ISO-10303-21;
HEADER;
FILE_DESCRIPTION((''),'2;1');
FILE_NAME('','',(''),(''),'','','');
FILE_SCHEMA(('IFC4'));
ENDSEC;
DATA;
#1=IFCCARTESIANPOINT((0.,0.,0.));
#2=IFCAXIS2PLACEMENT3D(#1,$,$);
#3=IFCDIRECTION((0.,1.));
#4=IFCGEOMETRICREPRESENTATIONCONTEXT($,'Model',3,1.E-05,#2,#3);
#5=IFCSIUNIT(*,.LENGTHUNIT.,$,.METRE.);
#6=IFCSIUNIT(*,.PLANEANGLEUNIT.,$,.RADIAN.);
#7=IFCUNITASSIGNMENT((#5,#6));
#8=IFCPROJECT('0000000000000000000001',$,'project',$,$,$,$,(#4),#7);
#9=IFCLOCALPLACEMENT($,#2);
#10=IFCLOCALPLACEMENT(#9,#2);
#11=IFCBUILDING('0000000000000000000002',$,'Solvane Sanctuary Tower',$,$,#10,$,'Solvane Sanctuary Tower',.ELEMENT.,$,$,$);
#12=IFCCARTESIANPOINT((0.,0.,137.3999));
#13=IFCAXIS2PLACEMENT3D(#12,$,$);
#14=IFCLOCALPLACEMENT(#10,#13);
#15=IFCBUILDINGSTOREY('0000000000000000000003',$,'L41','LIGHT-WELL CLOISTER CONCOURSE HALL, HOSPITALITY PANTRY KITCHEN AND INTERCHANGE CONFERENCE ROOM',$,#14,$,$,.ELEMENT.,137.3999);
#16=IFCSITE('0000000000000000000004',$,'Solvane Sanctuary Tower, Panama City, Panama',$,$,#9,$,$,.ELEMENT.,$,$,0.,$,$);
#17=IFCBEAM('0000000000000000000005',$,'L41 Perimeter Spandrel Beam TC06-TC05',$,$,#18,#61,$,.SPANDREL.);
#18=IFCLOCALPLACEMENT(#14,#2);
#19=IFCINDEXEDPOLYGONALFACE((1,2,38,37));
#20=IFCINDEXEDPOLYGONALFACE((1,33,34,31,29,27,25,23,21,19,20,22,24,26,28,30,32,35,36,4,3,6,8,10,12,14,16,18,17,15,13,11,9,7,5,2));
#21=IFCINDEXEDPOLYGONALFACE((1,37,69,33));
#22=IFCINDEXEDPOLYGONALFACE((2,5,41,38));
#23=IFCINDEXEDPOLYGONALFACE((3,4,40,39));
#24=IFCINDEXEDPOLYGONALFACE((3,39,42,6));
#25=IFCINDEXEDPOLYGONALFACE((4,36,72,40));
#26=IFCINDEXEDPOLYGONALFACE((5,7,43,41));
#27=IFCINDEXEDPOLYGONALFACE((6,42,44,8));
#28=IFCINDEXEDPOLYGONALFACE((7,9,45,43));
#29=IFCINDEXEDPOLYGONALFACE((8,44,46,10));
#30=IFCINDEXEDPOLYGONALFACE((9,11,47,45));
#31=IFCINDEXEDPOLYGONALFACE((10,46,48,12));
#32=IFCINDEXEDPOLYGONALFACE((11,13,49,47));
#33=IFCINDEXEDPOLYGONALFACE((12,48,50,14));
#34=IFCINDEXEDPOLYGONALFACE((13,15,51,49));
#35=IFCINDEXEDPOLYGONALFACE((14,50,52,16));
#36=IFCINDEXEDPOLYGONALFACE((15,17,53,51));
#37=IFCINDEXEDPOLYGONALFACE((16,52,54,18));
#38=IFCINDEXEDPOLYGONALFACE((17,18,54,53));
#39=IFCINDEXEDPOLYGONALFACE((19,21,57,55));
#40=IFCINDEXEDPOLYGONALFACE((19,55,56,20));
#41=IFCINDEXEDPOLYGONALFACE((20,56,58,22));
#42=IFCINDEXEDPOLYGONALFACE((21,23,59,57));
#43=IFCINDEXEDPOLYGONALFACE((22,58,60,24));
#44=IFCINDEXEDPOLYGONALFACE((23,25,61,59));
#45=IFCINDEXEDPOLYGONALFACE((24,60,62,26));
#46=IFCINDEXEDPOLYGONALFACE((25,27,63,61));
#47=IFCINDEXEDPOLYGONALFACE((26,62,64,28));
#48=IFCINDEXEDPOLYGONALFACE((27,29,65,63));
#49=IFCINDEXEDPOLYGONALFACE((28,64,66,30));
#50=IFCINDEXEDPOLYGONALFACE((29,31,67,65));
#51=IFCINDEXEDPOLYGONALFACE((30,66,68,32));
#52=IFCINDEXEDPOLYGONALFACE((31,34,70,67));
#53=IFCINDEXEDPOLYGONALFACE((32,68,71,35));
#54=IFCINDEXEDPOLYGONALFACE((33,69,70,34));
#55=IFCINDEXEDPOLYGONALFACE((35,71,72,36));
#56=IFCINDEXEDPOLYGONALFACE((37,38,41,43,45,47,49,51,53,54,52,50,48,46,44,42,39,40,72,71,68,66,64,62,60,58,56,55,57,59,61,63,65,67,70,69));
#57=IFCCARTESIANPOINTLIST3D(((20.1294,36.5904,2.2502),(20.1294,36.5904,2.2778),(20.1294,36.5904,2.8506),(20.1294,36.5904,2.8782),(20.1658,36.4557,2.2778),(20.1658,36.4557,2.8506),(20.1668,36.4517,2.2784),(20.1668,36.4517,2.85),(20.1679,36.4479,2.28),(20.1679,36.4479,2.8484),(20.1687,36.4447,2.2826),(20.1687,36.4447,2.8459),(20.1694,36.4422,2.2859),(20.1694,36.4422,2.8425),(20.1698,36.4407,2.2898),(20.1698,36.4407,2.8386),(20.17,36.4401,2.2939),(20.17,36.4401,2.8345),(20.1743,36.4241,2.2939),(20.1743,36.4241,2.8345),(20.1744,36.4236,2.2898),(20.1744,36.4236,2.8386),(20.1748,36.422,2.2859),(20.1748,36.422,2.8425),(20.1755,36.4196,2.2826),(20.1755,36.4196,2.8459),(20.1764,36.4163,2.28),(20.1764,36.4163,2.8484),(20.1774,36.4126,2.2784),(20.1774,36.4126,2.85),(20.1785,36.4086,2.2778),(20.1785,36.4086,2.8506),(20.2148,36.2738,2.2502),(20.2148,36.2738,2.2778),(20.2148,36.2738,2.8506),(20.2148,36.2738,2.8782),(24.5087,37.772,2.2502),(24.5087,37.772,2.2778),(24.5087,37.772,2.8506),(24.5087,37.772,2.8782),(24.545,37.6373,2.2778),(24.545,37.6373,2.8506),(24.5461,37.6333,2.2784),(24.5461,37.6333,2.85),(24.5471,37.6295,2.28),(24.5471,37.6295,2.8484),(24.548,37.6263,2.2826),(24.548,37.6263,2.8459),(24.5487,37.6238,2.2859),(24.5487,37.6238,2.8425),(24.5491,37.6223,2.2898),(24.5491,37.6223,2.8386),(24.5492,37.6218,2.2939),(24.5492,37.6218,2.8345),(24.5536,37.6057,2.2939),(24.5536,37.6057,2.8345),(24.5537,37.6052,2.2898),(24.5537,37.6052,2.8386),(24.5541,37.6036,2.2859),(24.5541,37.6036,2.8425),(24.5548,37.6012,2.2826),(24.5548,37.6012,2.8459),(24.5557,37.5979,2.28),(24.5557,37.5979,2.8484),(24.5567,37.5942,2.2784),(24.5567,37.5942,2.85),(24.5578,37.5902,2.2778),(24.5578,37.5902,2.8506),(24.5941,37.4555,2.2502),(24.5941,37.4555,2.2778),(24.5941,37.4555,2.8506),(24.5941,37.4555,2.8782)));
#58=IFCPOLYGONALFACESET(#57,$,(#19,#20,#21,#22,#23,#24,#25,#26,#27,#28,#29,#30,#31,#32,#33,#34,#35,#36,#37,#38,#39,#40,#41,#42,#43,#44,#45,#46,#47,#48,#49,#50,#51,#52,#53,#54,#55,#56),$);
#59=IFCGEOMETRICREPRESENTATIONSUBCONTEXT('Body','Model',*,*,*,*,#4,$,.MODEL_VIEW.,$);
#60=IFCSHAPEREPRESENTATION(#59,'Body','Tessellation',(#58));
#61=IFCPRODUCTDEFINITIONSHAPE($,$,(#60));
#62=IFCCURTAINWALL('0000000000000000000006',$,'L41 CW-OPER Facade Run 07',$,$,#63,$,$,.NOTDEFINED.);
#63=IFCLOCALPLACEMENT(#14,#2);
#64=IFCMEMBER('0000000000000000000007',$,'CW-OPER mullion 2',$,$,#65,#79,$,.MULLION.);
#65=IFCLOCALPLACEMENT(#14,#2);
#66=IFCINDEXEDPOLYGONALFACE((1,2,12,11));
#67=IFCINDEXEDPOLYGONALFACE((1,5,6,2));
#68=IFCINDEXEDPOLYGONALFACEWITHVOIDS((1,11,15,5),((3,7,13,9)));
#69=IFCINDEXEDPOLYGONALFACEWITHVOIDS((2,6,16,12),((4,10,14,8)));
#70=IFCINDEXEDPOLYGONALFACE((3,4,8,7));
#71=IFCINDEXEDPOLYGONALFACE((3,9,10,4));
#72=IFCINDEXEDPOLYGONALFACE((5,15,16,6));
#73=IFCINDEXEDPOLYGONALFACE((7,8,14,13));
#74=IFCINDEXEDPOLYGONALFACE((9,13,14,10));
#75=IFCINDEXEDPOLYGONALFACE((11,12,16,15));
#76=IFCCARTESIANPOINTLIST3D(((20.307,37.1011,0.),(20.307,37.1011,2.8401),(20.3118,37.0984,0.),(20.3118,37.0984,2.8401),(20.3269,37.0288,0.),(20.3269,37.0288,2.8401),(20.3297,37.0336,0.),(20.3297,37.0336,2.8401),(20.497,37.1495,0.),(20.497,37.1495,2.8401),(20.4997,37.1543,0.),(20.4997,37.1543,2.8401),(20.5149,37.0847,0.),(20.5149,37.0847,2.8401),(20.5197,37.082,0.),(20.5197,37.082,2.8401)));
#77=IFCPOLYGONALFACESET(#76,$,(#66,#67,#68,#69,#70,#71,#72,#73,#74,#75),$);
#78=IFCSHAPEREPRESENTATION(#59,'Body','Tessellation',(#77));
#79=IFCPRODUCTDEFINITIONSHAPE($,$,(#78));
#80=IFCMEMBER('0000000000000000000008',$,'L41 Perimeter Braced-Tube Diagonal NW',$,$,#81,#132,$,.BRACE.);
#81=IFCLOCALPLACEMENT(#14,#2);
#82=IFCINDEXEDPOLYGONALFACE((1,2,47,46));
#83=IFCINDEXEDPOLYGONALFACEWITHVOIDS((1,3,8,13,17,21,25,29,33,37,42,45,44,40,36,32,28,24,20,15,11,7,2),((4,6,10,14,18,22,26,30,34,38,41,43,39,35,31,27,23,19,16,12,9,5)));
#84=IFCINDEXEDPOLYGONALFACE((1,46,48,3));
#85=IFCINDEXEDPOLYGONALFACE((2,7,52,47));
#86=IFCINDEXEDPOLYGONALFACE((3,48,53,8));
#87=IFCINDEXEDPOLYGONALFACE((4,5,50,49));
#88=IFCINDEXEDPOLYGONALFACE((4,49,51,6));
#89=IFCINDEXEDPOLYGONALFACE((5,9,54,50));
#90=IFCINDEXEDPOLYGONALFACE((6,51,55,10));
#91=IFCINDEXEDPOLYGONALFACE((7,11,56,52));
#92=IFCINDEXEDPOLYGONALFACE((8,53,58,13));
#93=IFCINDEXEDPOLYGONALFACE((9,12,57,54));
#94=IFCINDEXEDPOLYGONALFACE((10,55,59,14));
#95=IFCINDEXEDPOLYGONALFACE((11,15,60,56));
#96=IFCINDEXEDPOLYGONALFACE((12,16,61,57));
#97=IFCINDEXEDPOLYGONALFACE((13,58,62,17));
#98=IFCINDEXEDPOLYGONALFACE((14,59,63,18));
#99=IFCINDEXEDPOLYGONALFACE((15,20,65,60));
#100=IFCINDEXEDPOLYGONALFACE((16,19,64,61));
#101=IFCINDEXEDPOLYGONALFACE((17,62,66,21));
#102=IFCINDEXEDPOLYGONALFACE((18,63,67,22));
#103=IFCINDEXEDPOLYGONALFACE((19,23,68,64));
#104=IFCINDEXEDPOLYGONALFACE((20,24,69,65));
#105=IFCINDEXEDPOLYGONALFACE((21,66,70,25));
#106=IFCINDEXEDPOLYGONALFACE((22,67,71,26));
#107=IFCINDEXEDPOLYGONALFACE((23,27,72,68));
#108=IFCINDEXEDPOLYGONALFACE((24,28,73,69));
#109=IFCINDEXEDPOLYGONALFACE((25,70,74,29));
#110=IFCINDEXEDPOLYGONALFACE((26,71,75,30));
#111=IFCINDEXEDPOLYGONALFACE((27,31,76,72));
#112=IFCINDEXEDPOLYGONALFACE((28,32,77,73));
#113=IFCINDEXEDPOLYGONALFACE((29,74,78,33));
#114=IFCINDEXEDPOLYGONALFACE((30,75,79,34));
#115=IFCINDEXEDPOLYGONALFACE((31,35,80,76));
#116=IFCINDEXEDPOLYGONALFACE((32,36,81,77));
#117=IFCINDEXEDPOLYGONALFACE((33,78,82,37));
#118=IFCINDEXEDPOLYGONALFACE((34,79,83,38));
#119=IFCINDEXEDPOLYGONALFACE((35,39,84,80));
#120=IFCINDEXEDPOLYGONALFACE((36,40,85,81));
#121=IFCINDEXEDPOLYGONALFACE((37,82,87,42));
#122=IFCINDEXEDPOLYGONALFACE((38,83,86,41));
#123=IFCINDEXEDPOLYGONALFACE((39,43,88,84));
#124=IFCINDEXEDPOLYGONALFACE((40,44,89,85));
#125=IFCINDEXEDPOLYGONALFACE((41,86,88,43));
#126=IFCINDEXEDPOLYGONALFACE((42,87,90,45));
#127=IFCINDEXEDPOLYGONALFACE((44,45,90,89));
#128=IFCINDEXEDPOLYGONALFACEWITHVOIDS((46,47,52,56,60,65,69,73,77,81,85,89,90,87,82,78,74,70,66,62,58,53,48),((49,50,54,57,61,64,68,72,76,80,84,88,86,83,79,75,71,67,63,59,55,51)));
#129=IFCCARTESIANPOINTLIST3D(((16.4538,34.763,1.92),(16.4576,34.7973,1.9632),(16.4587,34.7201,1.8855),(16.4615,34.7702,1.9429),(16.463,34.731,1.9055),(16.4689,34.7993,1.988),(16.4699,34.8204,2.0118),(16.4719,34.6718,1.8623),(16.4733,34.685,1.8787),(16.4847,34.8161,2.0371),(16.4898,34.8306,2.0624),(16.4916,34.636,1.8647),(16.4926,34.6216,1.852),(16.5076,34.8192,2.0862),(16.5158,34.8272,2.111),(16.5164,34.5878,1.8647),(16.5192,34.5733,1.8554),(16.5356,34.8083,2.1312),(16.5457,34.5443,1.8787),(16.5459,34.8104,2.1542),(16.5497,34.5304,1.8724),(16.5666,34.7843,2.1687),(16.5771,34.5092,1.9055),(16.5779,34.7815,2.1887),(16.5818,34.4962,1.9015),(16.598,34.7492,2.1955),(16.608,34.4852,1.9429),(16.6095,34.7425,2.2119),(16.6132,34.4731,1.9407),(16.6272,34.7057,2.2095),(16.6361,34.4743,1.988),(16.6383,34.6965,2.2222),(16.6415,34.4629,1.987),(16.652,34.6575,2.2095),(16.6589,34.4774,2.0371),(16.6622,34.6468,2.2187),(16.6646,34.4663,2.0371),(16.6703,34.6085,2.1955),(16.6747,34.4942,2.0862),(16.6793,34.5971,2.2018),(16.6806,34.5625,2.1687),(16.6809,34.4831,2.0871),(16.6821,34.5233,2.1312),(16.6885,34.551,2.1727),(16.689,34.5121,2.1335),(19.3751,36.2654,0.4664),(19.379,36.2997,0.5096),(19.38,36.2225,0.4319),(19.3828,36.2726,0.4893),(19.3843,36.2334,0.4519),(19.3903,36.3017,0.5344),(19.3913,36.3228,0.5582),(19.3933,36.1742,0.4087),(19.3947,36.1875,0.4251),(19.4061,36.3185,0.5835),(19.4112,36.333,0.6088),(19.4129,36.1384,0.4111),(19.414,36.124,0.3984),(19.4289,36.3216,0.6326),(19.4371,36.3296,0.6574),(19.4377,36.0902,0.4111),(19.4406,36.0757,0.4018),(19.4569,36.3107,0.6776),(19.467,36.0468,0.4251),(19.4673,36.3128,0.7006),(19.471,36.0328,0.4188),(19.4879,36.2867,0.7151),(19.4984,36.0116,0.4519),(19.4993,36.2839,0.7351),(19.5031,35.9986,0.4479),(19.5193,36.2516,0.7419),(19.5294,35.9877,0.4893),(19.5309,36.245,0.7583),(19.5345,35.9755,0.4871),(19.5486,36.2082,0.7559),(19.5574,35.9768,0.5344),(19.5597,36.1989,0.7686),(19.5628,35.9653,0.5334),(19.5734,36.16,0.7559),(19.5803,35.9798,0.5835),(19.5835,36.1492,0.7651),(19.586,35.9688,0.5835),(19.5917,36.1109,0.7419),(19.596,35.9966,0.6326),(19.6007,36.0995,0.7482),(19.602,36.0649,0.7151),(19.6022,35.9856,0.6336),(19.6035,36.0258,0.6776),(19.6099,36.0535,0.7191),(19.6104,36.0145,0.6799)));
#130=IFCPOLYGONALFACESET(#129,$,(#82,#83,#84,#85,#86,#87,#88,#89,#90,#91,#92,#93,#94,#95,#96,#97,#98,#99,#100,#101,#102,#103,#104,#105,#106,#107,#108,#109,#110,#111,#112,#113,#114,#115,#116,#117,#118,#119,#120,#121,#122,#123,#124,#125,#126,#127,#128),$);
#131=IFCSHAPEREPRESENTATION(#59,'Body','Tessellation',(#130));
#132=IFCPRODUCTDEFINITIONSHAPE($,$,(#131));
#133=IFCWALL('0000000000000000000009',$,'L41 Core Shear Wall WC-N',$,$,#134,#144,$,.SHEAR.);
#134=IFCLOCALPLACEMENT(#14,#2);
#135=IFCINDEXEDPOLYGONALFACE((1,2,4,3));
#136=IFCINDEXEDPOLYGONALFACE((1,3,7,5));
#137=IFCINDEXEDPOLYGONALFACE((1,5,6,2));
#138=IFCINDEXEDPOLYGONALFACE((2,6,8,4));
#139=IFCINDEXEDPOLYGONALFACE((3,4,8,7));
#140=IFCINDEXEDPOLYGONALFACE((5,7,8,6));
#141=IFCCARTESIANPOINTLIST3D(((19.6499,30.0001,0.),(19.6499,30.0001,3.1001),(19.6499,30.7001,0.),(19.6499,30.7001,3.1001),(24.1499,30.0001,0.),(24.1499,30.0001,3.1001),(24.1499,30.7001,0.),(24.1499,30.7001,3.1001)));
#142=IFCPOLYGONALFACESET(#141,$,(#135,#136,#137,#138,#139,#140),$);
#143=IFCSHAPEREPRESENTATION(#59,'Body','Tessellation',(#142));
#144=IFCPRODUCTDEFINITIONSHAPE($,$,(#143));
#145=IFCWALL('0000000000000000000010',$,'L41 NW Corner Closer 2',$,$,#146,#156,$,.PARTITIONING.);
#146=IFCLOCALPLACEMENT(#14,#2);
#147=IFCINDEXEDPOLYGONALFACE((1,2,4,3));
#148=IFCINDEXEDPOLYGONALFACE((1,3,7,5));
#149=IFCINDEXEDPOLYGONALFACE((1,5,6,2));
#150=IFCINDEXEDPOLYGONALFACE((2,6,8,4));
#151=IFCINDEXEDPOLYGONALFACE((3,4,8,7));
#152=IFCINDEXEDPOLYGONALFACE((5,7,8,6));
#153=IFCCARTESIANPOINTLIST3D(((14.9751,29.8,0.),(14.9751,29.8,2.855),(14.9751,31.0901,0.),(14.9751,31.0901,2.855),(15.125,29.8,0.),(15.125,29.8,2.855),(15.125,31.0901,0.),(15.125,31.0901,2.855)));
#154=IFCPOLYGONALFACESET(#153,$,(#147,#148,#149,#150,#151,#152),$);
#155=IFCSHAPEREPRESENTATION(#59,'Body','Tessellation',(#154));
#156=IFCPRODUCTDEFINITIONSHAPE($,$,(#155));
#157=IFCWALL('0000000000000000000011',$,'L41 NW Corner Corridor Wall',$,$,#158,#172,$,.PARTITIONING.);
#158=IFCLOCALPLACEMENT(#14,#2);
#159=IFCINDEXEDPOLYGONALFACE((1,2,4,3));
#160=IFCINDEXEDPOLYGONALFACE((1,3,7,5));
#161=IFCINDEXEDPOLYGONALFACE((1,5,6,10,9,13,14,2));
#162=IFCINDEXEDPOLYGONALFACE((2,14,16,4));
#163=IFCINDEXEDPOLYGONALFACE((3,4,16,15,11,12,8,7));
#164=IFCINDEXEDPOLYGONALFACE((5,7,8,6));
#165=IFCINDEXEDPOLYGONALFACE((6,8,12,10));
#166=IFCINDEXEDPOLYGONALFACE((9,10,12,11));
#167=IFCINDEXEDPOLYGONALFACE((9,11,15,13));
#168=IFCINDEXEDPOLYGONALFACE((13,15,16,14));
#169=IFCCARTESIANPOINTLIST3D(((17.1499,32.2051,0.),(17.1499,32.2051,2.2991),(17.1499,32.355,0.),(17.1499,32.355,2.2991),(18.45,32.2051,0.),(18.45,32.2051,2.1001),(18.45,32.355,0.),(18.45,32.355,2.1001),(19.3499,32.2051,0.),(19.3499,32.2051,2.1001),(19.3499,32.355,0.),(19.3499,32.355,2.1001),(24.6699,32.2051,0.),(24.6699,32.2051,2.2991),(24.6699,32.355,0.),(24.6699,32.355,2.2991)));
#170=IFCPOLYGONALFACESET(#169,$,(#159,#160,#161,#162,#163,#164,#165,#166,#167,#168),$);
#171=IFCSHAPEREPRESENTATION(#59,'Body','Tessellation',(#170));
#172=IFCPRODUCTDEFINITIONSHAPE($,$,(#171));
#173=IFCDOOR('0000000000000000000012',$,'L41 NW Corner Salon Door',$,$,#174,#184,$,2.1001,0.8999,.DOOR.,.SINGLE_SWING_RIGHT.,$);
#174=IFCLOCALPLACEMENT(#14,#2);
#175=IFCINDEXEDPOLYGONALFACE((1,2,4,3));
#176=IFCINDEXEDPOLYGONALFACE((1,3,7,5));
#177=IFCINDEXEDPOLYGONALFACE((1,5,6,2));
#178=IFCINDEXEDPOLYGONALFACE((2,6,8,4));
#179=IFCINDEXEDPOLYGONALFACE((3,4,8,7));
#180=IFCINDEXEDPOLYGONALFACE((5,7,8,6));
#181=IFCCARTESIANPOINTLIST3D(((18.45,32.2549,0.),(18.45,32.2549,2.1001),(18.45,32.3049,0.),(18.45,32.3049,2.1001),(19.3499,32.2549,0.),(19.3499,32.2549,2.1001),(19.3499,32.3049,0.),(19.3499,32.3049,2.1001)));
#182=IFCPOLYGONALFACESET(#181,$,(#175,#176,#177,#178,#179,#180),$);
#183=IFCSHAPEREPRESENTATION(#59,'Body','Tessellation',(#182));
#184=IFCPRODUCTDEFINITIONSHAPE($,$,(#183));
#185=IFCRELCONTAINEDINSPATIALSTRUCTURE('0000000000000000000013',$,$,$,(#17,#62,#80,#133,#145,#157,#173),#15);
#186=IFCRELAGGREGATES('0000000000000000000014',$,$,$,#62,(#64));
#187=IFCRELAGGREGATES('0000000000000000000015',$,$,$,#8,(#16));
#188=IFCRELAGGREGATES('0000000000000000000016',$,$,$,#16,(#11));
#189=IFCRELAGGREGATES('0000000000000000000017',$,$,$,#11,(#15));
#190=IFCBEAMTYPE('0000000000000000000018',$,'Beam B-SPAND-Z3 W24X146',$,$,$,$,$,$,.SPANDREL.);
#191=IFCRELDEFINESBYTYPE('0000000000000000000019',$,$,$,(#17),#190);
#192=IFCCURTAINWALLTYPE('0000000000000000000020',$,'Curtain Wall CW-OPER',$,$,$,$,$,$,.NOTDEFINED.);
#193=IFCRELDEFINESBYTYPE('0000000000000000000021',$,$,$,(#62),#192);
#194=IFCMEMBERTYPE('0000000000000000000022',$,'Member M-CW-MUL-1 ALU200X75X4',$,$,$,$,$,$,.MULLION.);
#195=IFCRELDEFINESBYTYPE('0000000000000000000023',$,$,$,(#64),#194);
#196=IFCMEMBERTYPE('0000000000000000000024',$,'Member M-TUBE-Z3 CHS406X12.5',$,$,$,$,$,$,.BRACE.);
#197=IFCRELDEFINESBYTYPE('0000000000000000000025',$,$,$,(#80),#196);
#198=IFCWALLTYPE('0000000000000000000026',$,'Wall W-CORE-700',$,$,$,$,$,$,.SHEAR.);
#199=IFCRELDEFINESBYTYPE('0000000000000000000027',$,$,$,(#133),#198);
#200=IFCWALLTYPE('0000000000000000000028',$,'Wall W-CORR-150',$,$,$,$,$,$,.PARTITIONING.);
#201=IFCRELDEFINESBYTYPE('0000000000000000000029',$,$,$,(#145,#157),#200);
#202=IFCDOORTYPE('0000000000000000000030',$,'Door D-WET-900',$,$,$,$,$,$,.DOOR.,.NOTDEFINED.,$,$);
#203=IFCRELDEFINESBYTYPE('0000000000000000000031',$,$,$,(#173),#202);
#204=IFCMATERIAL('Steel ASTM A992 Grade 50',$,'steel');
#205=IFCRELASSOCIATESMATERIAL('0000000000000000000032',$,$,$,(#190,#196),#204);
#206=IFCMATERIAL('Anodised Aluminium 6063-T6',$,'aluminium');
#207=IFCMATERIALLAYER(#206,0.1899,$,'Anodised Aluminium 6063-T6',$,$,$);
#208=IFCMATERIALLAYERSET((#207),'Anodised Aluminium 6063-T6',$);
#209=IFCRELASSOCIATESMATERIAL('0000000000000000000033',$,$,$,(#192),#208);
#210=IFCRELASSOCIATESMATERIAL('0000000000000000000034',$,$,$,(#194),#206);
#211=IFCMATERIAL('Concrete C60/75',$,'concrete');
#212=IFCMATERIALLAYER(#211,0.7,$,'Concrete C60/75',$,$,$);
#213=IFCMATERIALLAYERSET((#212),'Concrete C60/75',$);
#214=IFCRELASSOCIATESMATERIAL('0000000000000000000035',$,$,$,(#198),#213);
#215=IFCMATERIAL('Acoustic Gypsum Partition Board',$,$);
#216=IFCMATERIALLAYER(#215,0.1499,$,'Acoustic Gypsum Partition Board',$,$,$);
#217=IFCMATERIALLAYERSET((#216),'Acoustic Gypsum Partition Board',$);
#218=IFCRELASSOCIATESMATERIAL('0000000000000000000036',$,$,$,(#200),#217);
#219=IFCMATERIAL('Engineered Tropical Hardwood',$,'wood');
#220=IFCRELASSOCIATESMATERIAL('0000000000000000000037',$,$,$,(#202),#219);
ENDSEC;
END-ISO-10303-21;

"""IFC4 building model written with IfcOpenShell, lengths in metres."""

from ifc_helpers import new_model, si_unit, direction, frame, frame_2d, origin, origin_2d, place, context, subcontext, project, spatial, rectangle, hollow_rectangle, hollow_circle, i_section, extrude, material, layer, layer_set, material_profile, profile_set, type_object, element, fill, aggregate, save


model = new_model("IFC4")

# Units and contexts
model_context = context("Model", 3, precision=1e-05, world=origin(), true_north=direction((0.0, 1.0)))
body_context = subcontext(model_context, "Body", "Model", "MODEL_VIEW")
ifc_project = project(units=[si_unit("LENGTHUNIT", "METRE"), si_unit("PLANEANGLEUNIT", "RADIAN")], contexts=[model_context])

# Site, building, storey
site_placement = place(None, origin())
site = spatial("IfcSite", under=ifc_project, at=site_placement, Name="Solvane Sanctuary Tower, Panama City, Panama", CompositionType="ELEMENT", RefElevation=0.0)
building_placement = place(site_placement, origin())
building = spatial("IfcBuilding", under=site, at=building_placement, Name="Solvane Sanctuary Tower", LongName="Solvane Sanctuary Tower", CompositionType="ELEMENT")
storey_placement = place(building_placement, frame((0.0, 0.0, 137.3999)))
storey = spatial("IfcBuildingStorey", under=building, at=storey_placement, Name="L41", Description="LIGHT-WELL CLOISTER CONCOURSE HALL, HOSPITALITY PANTRY KITCHEN AND INTERCHANGE CONFERENCE ROOM", CompositionType="ELEMENT", Elevation=137.3999)

# Shared definitions
ifc_material_1 = material(Name="Concrete C60/75", Category="concrete")

# Beam
ifc_material_2 = material(Name="Steel ASTM A992 Grade 50", Category="steel")
ifc_material_profile_1 = material_profile(ifc_material_2, i_section(OverallWidth=0.3279, OverallDepth=0.6279, WebThickness=0.0166, FlangeThickness=0.0276, FilletRadius=0.0161, at=origin_2d()), Name="W24X146")
ifc_profile_set_1 = profile_set([ifc_material_profile_1], Name="Steel ASTM A992 Grade 50")
beam_type_1 = type_object("IfcBeamType", Name="Beam B-SPAND-Z3 W24X146", PredefinedType="SPANDREL", material=ifc_profile_set_1)
beam_1_placement = place(storey_placement, frame((20.1721, 36.4321, 2.5642), z_axis=(0.965473, 0.260502, 0.0), x_axis=(-0.260502, 0.965473, 0.0)))
element("IfcBeam", 1, at=beam_1_placement, inside=storey, type_object=beam_type_1, Name="L41 Perimeter Spandrel Beam TC06-TC05", PredefinedType="SPANDREL", context=body_context, shape_type="SweptSolid", body=[
    extrude(i_section(OverallWidth=0.3279, OverallDepth=0.6279, WebThickness=0.0166, FlangeThickness=0.0276, FilletRadius=0.0161, at=origin_2d()), origin(), (0.0, 0.0, 1.0), 4.5359),
])

# Curtain wall, member
ifc_material_3 = material(Name="Anodised Aluminium 6063-T6", Category="aluminium")
ifc_layer_1 = layer(ifc_material_3, 0.1899, Name="Anodised Aluminium 6063-T6")
ifc_layer_set_1 = layer_set([ifc_layer_1], Name="Anodised Aluminium 6063-T6")
curtain_wall_type = type_object("IfcCurtainWallType", Name="Curtain Wall CW-OPER", PredefinedType="NOTDEFINED", material=ifc_layer_set_1)
curtain_wall_placement = place(storey_placement, origin())
curtain_wall = element("IfcCurtainWall", 2, at=curtain_wall_placement, inside=storey, type_object=curtain_wall_type, Name="L41 CW-OPER Facade Run 07", PredefinedType="NOTDEFINED")
ifc_material_profile_2 = material_profile(ifc_material_3, hollow_rectangle(XDim=0.075, YDim=0.2, WallThickness=0.0039, at=origin_2d()), Name="ALU200X75X4")
ifc_profile_set_2 = profile_set([ifc_material_profile_2], Name="Anodised Aluminium 6063-T6")
member_type_1 = type_object("IfcMemberType", Name="Member M-CW-MUL-1 ALU200X75X4", PredefinedType="MULLION", material=ifc_profile_set_2)
member_1_placement = place(storey_placement, frame((20.4133, 37.0916, 0.0), z_axis=(0.0, 0.0, 1.0), x_axis=(0.266022, -0.963967, 0.0)))
member_1 = element("IfcMember", 3, at=member_1_placement, type_object=member_type_1, Name="CW-OPER mullion 2", PredefinedType="MULLION", context=body_context, shape_type="SweptSolid", body=[
    extrude(hollow_rectangle(XDim=0.075, YDim=0.2, WallThickness=0.0039, at=origin_2d()), origin(), (0.0, 0.0, 1.0), 2.8401),
])
aggregate(curtain_wall, [member_1])

# Member
ifc_material_profile_3 = material_profile(ifc_material_2, hollow_circle(Radius=0.2029, WallThickness=0.0125, at=origin_2d()), Name="CHS406X12.5")
ifc_profile_set_3 = profile_set([ifc_material_profile_3], Name="Steel ASTM A992 Grade 50")
member_type_2 = type_object("IfcMemberType", Name="Member M-TUBE-Z3 CHS406X12.5", PredefinedType="BRACE", material=ifc_profile_set_3)
member_2_placement = place(storey_placement, frame((19.4932, 36.1492, 0.5835), z_axis=(-0.813229, -0.418236, 0.404644), x_axis=(0.457351, -0.889286, 0.0)))
element("IfcMember", 4, at=member_2_placement, inside=storey, type_object=member_type_2, Name="L41 Perimeter Braced-Tube Diagonal NW", PredefinedType="BRACE", context=body_context, shape_type="SweptSolid", body=[
    extrude(hollow_circle(Radius=0.2029, WallThickness=0.0125, at=origin_2d()), origin(), (0.0, 0.0, 1.0), 3.5923),
])

# Walls
ifc_layer_2 = layer(ifc_material_1, 0.7, Name="Concrete C60/75")
ifc_layer_set_2 = layer_set([ifc_layer_2], Name="Concrete C60/75")
wall_type_1 = type_object("IfcWallType", Name="Wall W-CORE-700", PredefinedType="SHEAR", material=ifc_layer_set_2)
wall_1_placement = place(storey_placement, frame((19.6499, 30.3501, 0.0), z_axis=(0.0, 0.0, 1.0), x_axis=(1.0, 0.0, 0.0)))
element("IfcWall", 5, at=wall_1_placement, inside=storey, type_object=wall_type_1, Name="L41 Core Shear Wall WC-N", PredefinedType="SHEAR", context=body_context, shape_type="SweptSolid", body=[
    extrude(rectangle(XDim=4.5, YDim=0.7, at=frame_2d((2.25, 0.0))), origin(), (0.0, 0.0, 1.0), 3.1001),
])
ifc_material_4 = material(Name="Acoustic Gypsum Partition Board")
ifc_layer_3 = layer(ifc_material_4, 0.1499, Name="Acoustic Gypsum Partition Board")
ifc_layer_set_3 = layer_set([ifc_layer_3], Name="Acoustic Gypsum Partition Board")
wall_type_2 = type_object("IfcWallType", Name="Wall W-CORR-150", PredefinedType="PARTITIONING", material=ifc_layer_set_3)
wall_2_placement = place(storey_placement, frame((15.05, 29.8, 0.0), z_axis=(0.0, 0.0, 1.0), x_axis=(0.0, 1.0, 0.0)))
element("IfcWall", 6, at=wall_2_placement, inside=storey, type_object=wall_type_2, Name="L41 NW Corner Closer 2", PredefinedType="PARTITIONING", context=body_context, shape_type="SweptSolid", body=[
    extrude(rectangle(XDim=1.29, YDim=0.1499, at=frame_2d((0.645, 0.0))), origin(), (0.0, 0.0, 1.0), 2.855),
])

# Wall, opening, door
wall_3_placement = place(storey_placement, frame((17.1499, 32.28, 0.0), z_axis=(0.0, 0.0, 1.0), x_axis=(1.0, 0.0, 0.0)))
wall_3 = element("IfcWall", 7, at=wall_3_placement, inside=storey, type_object=wall_type_2, Name="L41 NW Corner Corridor Wall", PredefinedType="PARTITIONING", context=body_context, shape_type="SweptSolid", body=[
    extrude(rectangle(XDim=7.52, YDim=0.1499, at=frame_2d((3.76, 0.0))), origin(), (0.0, 0.0, 1.0), 2.2991),
])
opening_1_placement = place(wall_3_placement, frame((1.3, 0.0, 0.0)))
opening_1 = element("IfcOpeningElement", 8, at=opening_1_placement, cuts=wall_3, PredefinedType="OPENING", context=body_context, shape_type="SweptSolid", body=[
    extrude(rectangle(XDim=0.8999, YDim=2.1001, at=frame_2d((0.45, 1.05))), frame((0.0, 0.085, 0.0), z_axis=(0.0, -1.0, 0.0), x_axis=(1.0, 0.0, 0.0)), (0.0, 0.0, 1.0), 0.1699),
])
ifc_material_5 = material(Name="Engineered Tropical Hardwood", Category="wood")
door_type_1 = type_object("IfcDoorType", Name="Door D-WET-900", OperationType="NOTDEFINED", PredefinedType="DOOR", material=ifc_material_5)
door_1_placement = place(opening_1_placement, origin())
door_1 = element("IfcDoor", 9, at=door_1_placement, inside=storey, type_object=door_type_1, Name="L41 NW Corner Salon Door", OperationType="SINGLE_SWING_RIGHT", OverallHeight=2.1001, OverallWidth=0.8999, PredefinedType="DOOR", context=body_context, shape_type="SweptSolid", body=[
    extrude(rectangle(XDim=0.8999, YDim=2.1001, at=frame_2d((0.45, 1.05))), frame((0.0, 0.0249, 0.0), z_axis=(0.0, -1.0, 0.0), x_axis=(1.0, 0.0, 0.0)), (0.0, 0.0, 1.0), 0.05),
])
fill(opening_1, door_1)

save(model, "model.ifc")
